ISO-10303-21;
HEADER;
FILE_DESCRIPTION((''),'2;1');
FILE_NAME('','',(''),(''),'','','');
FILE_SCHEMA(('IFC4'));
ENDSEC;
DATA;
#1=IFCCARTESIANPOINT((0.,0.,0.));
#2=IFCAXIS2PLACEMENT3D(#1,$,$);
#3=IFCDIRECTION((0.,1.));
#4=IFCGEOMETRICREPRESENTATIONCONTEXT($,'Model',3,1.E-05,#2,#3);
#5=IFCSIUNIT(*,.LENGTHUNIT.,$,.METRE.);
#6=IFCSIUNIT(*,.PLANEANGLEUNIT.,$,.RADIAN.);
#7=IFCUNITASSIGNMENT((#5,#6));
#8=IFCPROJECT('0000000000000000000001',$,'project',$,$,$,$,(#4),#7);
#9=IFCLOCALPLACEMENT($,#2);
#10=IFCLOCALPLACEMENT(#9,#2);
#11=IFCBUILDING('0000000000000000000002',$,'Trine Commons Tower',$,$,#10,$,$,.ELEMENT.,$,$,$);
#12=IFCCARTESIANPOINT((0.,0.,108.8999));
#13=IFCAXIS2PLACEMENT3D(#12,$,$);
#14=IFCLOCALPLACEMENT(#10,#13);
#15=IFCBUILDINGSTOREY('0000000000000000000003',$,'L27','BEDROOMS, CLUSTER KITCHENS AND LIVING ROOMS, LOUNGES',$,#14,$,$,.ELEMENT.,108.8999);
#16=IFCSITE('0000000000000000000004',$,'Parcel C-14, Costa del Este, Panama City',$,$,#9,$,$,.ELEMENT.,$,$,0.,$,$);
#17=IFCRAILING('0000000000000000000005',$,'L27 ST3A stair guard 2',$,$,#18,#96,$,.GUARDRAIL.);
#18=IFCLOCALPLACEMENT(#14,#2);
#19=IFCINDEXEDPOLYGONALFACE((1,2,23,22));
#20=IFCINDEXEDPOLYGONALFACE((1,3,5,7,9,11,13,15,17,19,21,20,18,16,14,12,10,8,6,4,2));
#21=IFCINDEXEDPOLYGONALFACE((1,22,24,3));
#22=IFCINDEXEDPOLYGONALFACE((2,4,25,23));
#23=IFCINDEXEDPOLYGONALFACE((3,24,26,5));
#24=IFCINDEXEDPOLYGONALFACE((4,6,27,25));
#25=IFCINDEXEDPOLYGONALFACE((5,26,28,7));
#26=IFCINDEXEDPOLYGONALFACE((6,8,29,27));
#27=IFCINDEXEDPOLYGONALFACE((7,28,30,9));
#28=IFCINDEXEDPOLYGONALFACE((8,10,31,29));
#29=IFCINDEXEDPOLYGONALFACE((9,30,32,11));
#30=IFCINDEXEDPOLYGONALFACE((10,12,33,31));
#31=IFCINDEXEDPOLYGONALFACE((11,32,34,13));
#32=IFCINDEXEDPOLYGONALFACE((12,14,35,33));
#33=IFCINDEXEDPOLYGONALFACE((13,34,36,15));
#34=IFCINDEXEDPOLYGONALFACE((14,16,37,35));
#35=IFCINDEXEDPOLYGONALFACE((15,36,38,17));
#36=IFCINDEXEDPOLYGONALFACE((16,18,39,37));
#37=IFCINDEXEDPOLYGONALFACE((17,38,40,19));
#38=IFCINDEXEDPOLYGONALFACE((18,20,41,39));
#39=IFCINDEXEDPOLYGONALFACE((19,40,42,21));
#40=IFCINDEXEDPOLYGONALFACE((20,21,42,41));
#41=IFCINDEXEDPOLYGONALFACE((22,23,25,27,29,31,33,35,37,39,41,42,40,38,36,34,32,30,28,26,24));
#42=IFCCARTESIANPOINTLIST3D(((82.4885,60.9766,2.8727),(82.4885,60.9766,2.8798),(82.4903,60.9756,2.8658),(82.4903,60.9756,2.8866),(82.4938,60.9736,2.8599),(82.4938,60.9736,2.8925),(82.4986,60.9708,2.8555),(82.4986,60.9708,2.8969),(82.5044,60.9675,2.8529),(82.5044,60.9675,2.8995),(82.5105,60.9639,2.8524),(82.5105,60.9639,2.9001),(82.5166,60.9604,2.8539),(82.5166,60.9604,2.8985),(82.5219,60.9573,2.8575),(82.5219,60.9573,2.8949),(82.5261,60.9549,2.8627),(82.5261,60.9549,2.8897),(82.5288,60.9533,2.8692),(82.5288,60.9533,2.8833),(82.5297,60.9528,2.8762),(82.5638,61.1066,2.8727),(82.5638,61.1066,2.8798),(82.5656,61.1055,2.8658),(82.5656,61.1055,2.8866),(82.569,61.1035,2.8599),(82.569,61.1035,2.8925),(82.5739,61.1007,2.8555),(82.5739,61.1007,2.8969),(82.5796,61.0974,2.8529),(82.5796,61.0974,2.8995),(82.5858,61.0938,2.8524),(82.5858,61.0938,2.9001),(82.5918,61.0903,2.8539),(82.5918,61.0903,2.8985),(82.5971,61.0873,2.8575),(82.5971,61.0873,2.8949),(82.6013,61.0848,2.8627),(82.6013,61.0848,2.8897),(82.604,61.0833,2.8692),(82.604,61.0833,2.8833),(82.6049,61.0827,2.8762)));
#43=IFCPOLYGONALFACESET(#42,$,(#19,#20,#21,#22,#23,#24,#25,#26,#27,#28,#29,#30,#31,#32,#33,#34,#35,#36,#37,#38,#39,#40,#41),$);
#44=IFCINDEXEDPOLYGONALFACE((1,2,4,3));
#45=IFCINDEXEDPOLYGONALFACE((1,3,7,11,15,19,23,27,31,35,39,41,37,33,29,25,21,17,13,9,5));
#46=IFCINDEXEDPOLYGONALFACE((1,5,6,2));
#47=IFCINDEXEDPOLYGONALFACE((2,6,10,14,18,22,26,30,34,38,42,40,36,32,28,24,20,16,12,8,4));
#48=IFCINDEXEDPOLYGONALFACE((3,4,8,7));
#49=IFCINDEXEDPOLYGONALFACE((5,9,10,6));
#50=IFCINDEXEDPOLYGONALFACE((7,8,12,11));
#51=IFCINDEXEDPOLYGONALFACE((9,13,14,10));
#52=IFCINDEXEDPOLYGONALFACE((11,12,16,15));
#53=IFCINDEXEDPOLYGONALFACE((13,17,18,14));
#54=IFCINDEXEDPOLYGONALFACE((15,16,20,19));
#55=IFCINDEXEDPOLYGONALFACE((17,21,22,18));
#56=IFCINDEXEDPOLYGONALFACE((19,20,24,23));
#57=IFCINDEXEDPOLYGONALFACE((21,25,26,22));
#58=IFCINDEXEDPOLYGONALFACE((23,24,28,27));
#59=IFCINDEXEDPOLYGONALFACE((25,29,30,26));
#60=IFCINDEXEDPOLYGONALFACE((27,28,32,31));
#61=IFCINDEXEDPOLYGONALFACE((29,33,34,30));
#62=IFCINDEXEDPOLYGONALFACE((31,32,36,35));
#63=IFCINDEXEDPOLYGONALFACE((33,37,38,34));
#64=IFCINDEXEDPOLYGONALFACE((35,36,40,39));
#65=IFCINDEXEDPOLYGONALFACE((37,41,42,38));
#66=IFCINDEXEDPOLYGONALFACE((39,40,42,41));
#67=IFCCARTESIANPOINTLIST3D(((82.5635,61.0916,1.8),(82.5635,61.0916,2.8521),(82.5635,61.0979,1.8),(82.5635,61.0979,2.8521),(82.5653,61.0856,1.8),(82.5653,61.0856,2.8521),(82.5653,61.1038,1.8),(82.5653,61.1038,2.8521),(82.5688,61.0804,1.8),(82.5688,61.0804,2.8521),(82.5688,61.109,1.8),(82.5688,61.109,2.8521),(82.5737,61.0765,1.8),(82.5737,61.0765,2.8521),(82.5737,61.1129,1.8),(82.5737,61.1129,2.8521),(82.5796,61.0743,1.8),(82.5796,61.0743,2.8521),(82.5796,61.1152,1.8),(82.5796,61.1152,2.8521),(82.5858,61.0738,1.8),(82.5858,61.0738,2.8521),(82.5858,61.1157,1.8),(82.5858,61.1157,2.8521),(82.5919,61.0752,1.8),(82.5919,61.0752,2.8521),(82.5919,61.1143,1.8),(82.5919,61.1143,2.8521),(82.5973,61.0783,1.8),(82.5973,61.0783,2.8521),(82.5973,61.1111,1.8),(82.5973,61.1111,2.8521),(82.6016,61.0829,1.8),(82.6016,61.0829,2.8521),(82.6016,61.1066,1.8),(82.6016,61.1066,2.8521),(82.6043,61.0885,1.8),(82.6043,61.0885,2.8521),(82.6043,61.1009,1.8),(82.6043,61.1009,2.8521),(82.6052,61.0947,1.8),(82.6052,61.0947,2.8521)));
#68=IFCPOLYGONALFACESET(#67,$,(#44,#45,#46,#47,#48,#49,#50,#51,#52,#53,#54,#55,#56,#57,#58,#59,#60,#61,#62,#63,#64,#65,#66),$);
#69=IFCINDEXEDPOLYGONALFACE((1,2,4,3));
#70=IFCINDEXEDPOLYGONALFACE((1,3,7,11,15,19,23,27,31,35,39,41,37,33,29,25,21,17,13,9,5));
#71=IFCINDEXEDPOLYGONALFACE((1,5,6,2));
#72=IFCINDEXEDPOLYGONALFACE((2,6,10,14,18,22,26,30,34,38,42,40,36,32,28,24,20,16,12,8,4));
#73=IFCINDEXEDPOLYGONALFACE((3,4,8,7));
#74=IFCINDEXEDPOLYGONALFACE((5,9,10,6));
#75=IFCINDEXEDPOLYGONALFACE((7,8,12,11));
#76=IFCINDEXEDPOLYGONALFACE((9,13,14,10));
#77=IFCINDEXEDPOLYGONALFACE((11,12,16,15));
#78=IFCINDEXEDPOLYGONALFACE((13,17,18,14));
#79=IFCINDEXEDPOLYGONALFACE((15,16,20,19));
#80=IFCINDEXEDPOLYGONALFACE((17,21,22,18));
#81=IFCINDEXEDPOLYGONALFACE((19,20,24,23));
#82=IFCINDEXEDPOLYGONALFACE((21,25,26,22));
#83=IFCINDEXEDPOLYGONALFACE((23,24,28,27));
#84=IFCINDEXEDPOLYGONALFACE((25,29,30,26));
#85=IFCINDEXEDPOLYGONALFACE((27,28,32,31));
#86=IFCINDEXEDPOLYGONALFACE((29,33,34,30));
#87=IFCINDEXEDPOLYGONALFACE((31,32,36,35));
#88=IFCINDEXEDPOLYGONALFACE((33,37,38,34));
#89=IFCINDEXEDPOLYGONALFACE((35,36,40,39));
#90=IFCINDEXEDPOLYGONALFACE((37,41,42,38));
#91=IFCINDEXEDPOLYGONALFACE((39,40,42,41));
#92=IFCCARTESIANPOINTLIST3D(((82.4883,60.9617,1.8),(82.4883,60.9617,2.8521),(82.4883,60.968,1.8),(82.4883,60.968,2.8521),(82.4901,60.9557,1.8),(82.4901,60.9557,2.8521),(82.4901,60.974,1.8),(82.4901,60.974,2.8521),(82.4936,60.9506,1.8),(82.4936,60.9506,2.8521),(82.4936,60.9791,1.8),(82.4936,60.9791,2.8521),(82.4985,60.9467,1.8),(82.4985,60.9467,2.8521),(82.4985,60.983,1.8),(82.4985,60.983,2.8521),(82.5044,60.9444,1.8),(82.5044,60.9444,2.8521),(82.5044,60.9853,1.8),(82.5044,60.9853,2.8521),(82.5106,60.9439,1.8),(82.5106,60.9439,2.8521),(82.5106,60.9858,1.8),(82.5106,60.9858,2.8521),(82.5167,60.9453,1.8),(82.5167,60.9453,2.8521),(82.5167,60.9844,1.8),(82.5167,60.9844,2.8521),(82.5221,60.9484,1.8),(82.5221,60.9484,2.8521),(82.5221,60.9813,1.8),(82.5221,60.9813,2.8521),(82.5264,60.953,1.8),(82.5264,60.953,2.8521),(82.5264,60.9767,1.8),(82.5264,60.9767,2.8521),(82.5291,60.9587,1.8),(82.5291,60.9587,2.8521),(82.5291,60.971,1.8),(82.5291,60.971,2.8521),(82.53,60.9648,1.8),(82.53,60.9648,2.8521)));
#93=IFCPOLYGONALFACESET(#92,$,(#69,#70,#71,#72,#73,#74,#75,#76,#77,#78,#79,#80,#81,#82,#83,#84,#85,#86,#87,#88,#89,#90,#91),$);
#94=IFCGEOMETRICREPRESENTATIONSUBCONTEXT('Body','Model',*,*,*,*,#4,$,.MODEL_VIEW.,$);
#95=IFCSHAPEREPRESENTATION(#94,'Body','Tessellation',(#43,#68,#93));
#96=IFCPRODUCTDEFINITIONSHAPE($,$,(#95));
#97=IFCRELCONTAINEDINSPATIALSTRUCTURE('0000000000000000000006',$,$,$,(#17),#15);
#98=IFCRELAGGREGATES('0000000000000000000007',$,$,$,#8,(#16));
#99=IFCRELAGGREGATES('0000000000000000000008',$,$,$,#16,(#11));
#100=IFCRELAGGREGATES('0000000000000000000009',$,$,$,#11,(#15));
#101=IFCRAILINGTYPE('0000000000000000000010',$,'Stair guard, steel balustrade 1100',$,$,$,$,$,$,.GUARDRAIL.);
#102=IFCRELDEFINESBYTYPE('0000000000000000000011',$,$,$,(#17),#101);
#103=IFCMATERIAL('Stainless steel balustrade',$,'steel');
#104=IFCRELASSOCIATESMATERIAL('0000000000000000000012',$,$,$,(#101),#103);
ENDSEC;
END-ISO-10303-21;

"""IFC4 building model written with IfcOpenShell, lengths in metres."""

from ifc_helpers import new_model, si_unit, direction, frame, origin, origin_2d, place, context, subcontext, project, spatial, circle, extrude, material, type_object, element, save


model = new_model("IFC4")

# Units and contexts
model_context = context("Model", 3, precision=1e-05, world=origin(), true_north=direction((0.0, 1.0)))
body_context = subcontext(model_context, "Body", "Model", "MODEL_VIEW")
ifc_project = project(units=[si_unit("LENGTHUNIT", "METRE"), si_unit("PLANEANGLEUNIT", "RADIAN")], contexts=[model_context])

# Site, building, storey
site_placement = place(None, origin())
site = spatial("IfcSite", under=ifc_project, at=site_placement, Name="Parcel C-14, Costa del Este, Panama City", CompositionType="ELEMENT", RefElevation=0.0)
building_placement = place(site_placement, origin())
building = spatial("IfcBuilding", under=site, at=building_placement, Name="Trine Commons Tower", CompositionType="ELEMENT")
storey_placement = place(building_placement, frame((0.0, 0.0, 108.8999)))
storey = spatial("IfcBuildingStorey", under=building, at=storey_placement, Name="L27", Description="BEDROOMS, CLUSTER KITCHENS AND LIVING ROOMS, LOUNGES", CompositionType="ELEMENT", Elevation=108.8999)

# Railing
ifc_material_1 = material(Name="Stainless steel balustrade", Category="steel")
railing_type_1 = type_object("IfcRailingType", Name="Stair guard, steel balustrade 1100", PredefinedType="GUARDRAIL", material=ifc_material_1)
railing_1_placement = place(storey_placement, frame((82.5842, 61.0947, 1.8)))
element("IfcRailing", 1, at=railing_1_placement, inside=storey, type_object=railing_type_1, Name="L27 ST3A stair guard 2", PredefinedType="GUARDRAIL", context=body_context, shape_type="SweptSolid", body=[
    extrude(circle(Radius=0.0239, at=origin_2d()), frame((0.0, 0.0, 1.0762), z_axis=(-0.501036, -0.865426, 0.0), x_axis=(0.865426, -0.501036, 0.0)), (0.0, 0.0, 1.0), 0.1501),
    extrude(circle(Radius=0.021, at=origin_2d()), origin(), (0.0, 0.0, 1.0), 1.052),
    extrude(circle(Radius=0.021, at=origin_2d()), frame((-0.0752, -0.1299, 0.0)), (0.0, 0.0, 1.0), 1.052),
])

save(model, "model.ifc")
